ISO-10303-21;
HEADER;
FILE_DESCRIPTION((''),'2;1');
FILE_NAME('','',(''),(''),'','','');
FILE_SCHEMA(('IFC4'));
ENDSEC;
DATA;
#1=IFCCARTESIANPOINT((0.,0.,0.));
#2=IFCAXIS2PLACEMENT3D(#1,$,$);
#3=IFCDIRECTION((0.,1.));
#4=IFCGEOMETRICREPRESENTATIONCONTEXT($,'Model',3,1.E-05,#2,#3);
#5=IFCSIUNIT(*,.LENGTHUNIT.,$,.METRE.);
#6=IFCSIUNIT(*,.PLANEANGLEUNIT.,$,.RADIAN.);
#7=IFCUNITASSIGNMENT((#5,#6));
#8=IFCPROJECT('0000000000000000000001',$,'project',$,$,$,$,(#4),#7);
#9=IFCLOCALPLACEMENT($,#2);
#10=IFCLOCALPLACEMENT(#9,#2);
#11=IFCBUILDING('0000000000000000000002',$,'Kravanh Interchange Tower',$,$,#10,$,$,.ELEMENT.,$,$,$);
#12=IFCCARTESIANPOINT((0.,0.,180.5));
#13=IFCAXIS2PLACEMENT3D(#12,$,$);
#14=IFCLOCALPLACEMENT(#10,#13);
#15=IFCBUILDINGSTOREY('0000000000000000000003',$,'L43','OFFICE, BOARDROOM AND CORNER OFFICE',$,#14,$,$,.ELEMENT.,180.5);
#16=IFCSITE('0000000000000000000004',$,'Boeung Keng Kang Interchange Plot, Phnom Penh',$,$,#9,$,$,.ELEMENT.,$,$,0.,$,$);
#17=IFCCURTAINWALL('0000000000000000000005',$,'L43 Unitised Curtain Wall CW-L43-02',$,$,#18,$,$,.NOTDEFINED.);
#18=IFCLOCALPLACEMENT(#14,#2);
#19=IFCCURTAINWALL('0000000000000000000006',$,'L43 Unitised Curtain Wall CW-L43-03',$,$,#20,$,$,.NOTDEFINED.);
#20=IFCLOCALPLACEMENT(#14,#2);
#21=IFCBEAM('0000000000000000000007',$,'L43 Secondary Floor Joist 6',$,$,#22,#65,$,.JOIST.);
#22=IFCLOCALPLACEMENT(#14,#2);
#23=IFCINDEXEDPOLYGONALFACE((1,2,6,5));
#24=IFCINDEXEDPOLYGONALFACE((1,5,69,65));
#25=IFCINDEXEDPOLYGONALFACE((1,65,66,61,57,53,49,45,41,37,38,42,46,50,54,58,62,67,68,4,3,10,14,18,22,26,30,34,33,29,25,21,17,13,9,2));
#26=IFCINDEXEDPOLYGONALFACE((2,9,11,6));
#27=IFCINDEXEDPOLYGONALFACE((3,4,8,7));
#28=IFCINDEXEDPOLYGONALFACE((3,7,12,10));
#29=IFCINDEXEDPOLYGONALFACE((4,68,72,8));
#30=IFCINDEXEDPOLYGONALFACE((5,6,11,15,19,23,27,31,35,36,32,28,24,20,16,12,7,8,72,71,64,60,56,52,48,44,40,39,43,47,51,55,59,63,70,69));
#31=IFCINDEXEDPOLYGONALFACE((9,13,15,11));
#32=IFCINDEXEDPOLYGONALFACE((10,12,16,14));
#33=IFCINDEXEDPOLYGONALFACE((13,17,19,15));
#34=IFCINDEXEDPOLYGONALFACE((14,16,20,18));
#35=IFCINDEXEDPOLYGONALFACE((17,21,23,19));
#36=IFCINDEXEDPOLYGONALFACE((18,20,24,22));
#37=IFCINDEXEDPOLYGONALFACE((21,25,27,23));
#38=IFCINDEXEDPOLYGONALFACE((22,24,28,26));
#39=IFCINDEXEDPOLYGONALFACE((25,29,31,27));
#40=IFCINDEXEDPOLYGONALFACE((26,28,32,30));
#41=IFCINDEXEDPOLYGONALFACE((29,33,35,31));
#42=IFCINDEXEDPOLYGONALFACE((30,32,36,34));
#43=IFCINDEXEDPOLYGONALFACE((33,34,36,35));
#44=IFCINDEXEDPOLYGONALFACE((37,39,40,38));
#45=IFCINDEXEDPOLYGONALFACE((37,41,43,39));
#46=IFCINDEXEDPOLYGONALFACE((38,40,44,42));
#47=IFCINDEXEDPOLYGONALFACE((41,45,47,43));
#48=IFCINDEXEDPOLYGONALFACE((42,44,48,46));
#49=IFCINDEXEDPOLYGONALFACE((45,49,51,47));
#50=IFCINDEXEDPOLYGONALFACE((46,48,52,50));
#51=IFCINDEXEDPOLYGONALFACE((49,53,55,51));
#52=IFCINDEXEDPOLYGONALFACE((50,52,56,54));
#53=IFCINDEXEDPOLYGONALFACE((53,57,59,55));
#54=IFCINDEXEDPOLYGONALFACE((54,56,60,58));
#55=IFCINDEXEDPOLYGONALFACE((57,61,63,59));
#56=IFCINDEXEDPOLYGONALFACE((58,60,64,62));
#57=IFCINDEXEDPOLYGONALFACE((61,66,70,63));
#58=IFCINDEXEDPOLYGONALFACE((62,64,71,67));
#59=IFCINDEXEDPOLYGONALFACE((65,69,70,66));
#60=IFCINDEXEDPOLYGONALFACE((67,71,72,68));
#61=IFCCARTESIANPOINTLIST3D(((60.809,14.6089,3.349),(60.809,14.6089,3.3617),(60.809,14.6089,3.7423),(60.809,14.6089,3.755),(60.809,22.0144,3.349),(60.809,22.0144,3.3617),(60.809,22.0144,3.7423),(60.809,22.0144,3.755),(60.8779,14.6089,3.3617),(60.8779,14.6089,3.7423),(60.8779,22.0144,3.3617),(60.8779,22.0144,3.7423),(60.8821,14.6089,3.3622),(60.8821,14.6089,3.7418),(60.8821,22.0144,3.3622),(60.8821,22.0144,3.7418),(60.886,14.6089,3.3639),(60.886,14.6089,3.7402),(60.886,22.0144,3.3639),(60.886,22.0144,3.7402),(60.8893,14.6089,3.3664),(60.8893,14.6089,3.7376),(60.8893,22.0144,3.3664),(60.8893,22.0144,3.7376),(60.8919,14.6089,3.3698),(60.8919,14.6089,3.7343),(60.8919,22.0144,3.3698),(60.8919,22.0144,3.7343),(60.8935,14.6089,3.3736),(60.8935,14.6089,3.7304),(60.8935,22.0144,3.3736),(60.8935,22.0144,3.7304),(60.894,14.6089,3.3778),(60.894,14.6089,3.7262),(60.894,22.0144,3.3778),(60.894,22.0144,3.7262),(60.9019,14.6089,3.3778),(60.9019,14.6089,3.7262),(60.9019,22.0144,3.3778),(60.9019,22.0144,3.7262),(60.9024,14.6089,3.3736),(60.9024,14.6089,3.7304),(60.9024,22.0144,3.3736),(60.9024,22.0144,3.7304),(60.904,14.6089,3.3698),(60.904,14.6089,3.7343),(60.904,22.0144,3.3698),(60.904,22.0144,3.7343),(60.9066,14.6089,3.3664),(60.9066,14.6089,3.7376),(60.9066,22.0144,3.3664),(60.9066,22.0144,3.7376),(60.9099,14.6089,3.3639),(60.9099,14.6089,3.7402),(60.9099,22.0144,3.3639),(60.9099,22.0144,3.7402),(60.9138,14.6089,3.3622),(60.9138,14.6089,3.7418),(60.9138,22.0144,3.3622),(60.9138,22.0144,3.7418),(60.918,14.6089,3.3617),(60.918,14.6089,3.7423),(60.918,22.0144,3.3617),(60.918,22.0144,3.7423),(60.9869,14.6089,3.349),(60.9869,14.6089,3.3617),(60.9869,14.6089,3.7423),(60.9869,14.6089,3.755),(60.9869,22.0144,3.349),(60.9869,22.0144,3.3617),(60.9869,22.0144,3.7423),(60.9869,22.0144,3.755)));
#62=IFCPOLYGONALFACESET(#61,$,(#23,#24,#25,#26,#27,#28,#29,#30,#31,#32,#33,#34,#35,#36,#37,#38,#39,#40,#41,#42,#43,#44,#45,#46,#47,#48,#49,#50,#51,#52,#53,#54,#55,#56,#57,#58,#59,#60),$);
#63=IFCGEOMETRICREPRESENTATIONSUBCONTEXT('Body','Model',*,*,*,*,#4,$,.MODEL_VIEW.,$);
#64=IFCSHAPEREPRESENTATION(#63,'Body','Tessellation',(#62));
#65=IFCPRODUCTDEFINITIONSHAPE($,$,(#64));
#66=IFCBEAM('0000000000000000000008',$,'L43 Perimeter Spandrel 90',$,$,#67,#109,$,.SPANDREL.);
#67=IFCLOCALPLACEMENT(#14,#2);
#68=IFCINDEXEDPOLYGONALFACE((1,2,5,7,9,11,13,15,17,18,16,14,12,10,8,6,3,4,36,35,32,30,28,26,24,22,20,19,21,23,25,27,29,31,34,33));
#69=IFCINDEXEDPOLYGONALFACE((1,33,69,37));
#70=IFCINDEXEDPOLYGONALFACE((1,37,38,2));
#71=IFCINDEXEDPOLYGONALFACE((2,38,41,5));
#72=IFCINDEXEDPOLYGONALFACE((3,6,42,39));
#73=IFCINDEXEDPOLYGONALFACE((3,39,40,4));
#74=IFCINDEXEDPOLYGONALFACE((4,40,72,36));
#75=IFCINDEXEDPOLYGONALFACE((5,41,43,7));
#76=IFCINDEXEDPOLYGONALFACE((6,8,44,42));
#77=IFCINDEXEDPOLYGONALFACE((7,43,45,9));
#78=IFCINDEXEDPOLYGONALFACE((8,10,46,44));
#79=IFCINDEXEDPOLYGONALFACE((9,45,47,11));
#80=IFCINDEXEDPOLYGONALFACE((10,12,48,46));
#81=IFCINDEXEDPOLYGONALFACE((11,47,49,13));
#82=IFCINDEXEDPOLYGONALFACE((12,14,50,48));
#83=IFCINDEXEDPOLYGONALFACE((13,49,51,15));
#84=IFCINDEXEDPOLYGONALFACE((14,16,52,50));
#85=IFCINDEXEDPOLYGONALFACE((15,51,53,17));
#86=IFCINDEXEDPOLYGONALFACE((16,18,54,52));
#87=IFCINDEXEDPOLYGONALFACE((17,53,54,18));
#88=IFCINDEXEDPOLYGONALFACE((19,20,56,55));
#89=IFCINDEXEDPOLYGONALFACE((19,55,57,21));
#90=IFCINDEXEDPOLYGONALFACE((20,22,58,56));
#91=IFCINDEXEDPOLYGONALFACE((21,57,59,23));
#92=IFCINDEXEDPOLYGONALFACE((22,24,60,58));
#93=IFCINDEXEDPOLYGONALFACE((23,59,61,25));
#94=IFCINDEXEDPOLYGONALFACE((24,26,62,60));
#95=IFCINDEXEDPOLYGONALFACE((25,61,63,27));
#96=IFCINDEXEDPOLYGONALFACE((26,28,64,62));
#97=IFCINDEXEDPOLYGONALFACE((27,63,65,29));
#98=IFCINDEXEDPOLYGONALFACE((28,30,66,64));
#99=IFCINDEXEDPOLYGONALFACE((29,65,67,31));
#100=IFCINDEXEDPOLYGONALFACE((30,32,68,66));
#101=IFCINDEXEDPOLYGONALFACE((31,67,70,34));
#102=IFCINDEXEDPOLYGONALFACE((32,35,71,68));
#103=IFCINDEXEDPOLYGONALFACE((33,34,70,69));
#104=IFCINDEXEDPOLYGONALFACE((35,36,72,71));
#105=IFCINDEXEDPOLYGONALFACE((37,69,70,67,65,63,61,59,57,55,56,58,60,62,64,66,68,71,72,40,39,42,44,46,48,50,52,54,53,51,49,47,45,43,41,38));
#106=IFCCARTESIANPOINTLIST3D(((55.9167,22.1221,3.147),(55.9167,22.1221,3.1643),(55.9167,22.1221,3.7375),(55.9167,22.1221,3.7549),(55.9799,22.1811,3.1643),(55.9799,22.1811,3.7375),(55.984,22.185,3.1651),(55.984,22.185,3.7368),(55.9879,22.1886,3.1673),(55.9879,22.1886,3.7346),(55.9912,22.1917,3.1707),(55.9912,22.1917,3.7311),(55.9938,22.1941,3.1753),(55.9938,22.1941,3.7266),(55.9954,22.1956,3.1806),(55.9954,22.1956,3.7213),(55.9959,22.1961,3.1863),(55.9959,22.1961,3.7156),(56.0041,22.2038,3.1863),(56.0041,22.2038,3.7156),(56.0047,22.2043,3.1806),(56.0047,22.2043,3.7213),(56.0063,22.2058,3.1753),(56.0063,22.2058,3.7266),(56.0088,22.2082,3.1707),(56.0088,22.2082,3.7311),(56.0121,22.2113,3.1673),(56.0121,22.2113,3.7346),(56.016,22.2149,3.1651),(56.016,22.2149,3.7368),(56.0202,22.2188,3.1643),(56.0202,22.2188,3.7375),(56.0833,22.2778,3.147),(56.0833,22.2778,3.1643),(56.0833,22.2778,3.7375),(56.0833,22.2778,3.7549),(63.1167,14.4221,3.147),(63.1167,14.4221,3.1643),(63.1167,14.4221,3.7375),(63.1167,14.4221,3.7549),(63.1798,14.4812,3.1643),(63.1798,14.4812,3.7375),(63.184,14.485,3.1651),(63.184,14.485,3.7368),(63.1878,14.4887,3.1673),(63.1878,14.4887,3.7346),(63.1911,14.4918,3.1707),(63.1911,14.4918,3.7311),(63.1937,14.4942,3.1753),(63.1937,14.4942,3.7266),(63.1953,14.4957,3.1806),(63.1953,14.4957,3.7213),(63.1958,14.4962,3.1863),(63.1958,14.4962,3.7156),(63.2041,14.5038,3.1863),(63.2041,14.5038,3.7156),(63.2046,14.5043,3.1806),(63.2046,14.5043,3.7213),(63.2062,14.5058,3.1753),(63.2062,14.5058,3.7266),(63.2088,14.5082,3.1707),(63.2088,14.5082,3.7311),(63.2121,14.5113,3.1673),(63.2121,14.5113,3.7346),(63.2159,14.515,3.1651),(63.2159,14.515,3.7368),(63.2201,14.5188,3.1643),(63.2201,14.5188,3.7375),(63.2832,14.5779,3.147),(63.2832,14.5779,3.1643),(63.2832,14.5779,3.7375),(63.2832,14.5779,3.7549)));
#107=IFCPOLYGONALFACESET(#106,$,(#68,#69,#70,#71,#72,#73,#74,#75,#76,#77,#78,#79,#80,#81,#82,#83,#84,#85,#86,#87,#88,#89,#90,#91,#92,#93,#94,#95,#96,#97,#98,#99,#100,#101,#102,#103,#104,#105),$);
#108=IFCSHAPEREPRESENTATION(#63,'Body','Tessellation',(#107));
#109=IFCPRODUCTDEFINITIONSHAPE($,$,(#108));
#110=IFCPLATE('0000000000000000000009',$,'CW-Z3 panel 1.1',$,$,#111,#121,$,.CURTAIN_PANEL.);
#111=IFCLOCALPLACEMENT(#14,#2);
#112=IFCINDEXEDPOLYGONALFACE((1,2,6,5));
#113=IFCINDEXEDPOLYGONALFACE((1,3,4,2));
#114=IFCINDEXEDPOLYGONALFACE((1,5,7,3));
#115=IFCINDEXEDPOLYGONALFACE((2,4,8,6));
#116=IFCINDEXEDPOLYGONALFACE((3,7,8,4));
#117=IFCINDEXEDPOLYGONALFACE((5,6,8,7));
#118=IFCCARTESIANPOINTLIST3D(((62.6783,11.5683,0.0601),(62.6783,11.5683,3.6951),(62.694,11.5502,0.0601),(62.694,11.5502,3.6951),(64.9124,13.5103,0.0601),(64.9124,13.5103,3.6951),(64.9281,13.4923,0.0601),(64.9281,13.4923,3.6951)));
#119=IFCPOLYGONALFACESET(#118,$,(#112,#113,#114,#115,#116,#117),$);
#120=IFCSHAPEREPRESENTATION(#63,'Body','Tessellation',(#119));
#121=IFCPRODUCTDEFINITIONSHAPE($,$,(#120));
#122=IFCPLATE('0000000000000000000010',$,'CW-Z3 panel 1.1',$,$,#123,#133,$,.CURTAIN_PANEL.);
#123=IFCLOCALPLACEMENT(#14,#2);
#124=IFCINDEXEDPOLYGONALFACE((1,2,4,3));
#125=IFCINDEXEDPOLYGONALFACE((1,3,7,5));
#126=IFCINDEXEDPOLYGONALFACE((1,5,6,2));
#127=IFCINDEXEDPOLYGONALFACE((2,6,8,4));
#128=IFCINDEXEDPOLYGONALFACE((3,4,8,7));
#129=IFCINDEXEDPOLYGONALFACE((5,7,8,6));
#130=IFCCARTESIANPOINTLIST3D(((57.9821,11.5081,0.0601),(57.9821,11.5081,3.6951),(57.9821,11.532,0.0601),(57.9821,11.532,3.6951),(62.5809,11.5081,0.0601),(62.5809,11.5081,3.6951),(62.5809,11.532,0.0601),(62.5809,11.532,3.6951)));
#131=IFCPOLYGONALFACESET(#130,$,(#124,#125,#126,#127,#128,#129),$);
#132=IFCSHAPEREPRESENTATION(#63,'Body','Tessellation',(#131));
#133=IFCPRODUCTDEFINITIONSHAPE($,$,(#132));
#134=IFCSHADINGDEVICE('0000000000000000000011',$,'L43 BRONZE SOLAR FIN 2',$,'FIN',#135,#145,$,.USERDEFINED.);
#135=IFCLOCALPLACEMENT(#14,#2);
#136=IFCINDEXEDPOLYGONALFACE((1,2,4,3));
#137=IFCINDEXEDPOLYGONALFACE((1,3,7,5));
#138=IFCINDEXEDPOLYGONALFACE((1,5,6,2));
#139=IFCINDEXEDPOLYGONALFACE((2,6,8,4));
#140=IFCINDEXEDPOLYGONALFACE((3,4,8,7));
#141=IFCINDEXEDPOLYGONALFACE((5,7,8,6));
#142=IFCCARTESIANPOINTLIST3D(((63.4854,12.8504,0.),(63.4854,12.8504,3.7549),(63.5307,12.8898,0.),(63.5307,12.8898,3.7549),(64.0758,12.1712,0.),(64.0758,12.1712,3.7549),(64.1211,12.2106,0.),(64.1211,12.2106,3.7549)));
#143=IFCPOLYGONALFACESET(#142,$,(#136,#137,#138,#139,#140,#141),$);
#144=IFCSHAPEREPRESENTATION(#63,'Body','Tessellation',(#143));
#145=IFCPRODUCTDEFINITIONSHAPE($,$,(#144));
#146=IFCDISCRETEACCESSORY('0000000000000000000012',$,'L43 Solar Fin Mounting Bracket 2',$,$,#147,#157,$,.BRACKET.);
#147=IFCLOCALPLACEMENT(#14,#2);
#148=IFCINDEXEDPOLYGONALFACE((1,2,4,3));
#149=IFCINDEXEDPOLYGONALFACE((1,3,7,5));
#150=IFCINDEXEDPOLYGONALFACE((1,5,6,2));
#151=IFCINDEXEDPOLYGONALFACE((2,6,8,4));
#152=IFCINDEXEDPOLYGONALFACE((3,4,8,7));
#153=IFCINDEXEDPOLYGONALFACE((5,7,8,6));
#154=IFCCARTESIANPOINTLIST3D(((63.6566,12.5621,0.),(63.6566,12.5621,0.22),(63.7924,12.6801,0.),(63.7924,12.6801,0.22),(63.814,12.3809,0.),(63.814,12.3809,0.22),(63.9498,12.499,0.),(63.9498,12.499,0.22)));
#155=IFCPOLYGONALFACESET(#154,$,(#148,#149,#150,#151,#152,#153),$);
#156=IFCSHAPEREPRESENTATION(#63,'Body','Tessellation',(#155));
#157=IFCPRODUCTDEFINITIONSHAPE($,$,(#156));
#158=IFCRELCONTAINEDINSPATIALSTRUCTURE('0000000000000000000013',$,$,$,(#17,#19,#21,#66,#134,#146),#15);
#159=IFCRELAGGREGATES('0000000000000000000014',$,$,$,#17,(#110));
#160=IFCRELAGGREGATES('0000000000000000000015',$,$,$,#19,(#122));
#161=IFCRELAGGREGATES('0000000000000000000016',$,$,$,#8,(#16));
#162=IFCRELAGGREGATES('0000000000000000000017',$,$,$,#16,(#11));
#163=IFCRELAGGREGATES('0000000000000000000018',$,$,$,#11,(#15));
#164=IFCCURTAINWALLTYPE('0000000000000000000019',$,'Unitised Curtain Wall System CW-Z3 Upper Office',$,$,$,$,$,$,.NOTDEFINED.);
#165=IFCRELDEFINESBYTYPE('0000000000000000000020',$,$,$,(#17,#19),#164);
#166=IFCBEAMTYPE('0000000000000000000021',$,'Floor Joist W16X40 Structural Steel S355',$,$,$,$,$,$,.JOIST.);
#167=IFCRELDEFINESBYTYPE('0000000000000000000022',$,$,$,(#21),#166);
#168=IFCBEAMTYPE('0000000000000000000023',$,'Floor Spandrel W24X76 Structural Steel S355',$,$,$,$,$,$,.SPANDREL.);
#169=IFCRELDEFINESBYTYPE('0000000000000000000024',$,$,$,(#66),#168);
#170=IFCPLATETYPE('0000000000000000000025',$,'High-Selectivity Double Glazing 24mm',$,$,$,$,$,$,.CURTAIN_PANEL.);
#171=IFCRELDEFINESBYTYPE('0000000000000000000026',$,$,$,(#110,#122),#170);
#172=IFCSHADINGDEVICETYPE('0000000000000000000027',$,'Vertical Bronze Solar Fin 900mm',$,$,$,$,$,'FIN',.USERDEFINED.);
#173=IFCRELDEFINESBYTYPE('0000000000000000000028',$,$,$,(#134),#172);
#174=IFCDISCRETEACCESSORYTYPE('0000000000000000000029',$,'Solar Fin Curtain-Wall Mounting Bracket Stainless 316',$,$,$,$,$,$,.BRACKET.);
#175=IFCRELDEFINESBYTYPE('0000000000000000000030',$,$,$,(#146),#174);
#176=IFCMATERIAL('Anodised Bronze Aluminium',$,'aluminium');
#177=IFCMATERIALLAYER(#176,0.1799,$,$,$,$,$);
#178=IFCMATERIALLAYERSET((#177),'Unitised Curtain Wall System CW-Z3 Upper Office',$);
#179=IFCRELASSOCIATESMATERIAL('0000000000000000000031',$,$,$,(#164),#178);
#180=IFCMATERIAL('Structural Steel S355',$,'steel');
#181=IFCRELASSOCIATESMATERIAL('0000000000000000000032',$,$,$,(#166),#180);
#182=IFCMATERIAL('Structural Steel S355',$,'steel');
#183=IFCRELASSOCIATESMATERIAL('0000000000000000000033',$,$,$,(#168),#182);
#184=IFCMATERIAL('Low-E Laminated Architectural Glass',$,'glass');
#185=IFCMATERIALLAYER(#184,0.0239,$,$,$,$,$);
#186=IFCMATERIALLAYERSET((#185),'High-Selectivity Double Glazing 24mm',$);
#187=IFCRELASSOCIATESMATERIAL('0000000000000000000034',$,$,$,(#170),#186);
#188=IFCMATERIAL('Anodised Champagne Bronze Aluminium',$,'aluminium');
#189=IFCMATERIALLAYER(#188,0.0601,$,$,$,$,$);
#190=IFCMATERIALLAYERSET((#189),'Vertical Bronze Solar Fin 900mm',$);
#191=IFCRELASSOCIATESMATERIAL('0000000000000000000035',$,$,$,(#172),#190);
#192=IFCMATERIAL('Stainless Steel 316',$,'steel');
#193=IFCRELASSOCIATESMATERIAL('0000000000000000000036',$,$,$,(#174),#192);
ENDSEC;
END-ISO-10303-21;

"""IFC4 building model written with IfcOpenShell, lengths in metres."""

from ifc_helpers import new_model, si_unit, direction, frame, origin, origin_2d, place, context, subcontext, project, spatial, rectangle, i_section, extrude, material, layer, layer_set, material_profile, profile_set, type_object, element, aggregate, save


model = new_model("IFC4")

# Units and contexts
model_context = context("Model", 3, precision=1e-05, world=origin(), true_north=direction((0.0, 1.0)))
body_context = subcontext(model_context, "Body", "Model", "MODEL_VIEW")
ifc_project = project(units=[si_unit("LENGTHUNIT", "METRE"), si_unit("PLANEANGLEUNIT", "RADIAN")], contexts=[model_context])

# Site, building, storey
site_placement = place(None, origin())
site = spatial("IfcSite", under=ifc_project, at=site_placement, Name="Boeung Keng Kang Interchange Plot, Phnom Penh", CompositionType="ELEMENT", RefElevation=0.0)
building_placement = place(site_placement, origin())
building = spatial("IfcBuilding", under=site, at=building_placement, Name="Kravanh Interchange Tower", CompositionType="ELEMENT")
storey_placement = place(building_placement, frame((0.0, 0.0, 180.5)))
storey = spatial("IfcBuildingStorey", under=building, at=storey_placement, Name="L43", Description="OFFICE, BOARDROOM AND CORNER OFFICE", CompositionType="ELEMENT", Elevation=180.5)

# Curtain walls
ifc_material_1 = material(Name="Anodised Bronze Aluminium", Category="aluminium")
ifc_layer_1 = layer(ifc_material_1, 0.1799)
ifc_layer_set_1 = layer_set([ifc_layer_1], Name="Unitised Curtain Wall System CW-Z3 Upper Office")
curtain_wall_type = type_object("IfcCurtainWallType", Name="Unitised Curtain Wall System CW-Z3 Upper Office", PredefinedType="NOTDEFINED", material=ifc_layer_set_1)
curtain_wall_1_placement = place(storey_placement, origin())
curtain_wall_1 = element("IfcCurtainWall", 1, at=curtain_wall_1_placement, inside=storey, type_object=curtain_wall_type, Name="L43 Unitised Curtain Wall CW-L43-02", PredefinedType="NOTDEFINED")
curtain_wall_2_placement = place(storey_placement, origin())
curtain_wall_2 = element("IfcCurtainWall", 2, at=curtain_wall_2_placement, inside=storey, type_object=curtain_wall_type, Name="L43 Unitised Curtain Wall CW-L43-03", PredefinedType="NOTDEFINED")

# Beams
ifc_material_2 = material(Name="Structural Steel S355", Category="steel")
ifc_material_profile_1 = material_profile(ifc_material_2, i_section(OverallWidth=0.178, OverallDepth=0.406, WebThickness=0.0078, FlangeThickness=0.0127, FilletRadius=0.0161, at=origin_2d()), Name="W16X40")
ifc_profile_set_1 = profile_set([ifc_material_profile_1], Name="Structural Steel S355")
beam_type_1 = type_object("IfcBeamType", Name="Floor Joist W16X40 Structural Steel S355", PredefinedType="JOIST", material=ifc_profile_set_1)
for number, where, z_axis, x_axis, name in (
    (3, (60.8979, 14.6089, 3.552), (0.0, 1.0, 0.0), (-1.0, 0.0, 0.0), "L43 Secondary Floor Joist 6"),
):
    element("IfcBeam", number, at=place(storey_placement, frame(where, z_axis=z_axis, x_axis=x_axis)), inside=storey, type_object=beam_type_1, Name=name, PredefinedType="JOIST", context=body_context, shape_type="SweptSolid", body=[
        extrude(i_section(OverallWidth=0.178, OverallDepth=0.406, WebThickness=0.0078, FlangeThickness=0.0127, FilletRadius=0.0161, at=origin_2d()), origin(), (0.0, 0.0, 1.0), 7.4055),
    ])
ifc_material_3 = material(Name="Structural Steel S355", Category="steel")
ifc_material_profile_2 = material_profile(ifc_material_3, i_section(OverallWidth=0.228, OverallDepth=0.6079, WebThickness=0.0112, FlangeThickness=0.0173, FilletRadius=0.022, at=origin_2d()), Name="W24X76")
ifc_profile_set_2 = profile_set([ifc_material_profile_2], Name="Structural Steel S355")
beam_type_2 = type_object("IfcBeamType", Name="Floor Spandrel W24X76 Structural Steel S355", PredefinedType="SPANDREL", material=ifc_profile_set_2)
beam_1_placement = place(storey_placement, frame((63.2, 14.5, 3.4509), z_axis=(-0.682994, 0.730424, 0.0), x_axis=(-0.730424, -0.682994, 0.0)))
element("IfcBeam", 4, at=beam_1_placement, inside=storey, type_object=beam_type_2, Name="L43 Perimeter Spandrel 90", PredefinedType="SPANDREL", context=body_context, shape_type="SweptSolid", body=[
    extrude(i_section(OverallWidth=0.228, OverallDepth=0.6079, WebThickness=0.0112, FlangeThickness=0.0173, FilletRadius=0.022, at=origin_2d()), origin(), (0.0, 0.0, 1.0), 10.5417),
])

# Plates
ifc_material_4 = material(Name="Low-E Laminated Architectural Glass", Category="glass")
ifc_layer_2 = layer(ifc_material_4, 0.0239)
ifc_layer_set_2 = layer_set([ifc_layer_2], Name="High-Selectivity Double Glazing 24mm")
plate_type = type_object("IfcPlateType", Name="High-Selectivity Double Glazing 24mm", PredefinedType="CURTAIN_PANEL", material=ifc_layer_set_2)
plate_1_placement = place(storey_placement, frame((63.8032, 12.5303, 0.0601), z_axis=(0.0, 0.0, 1.0), x_axis=(-0.754717, -0.656051, 0.0)))
plate_1 = element("IfcPlate", 5, at=plate_1_placement, type_object=plate_type, Name="CW-Z3 panel 1.1", PredefinedType="CURTAIN_PANEL", context=body_context, shape_type="SweptSolid", body=[
    extrude(rectangle(XDim=2.9602, YDim=0.0239, at=origin_2d()), origin(), (0.0, 0.0, 1.0), 3.635),
])
aggregate(curtain_wall_1, [plate_1])
plate_2_placement = place(storey_placement, frame((60.2815, 11.52, 0.0601), z_axis=(0.0, 0.0, 1.0), x_axis=(-1.0, 0.0, 0.0)))
plate_2 = element("IfcPlate", 6, at=plate_2_placement, type_object=plate_type, Name="CW-Z3 panel 1.1", PredefinedType="CURTAIN_PANEL", context=body_context, shape_type="SweptSolid", body=[
    extrude(rectangle(XDim=4.5989, YDim=0.0239, at=origin_2d()), origin(), (0.0, 0.0, 1.0), 3.635),
])
aggregate(curtain_wall_2, [plate_2])

# Shading device
ifc_material_5 = material(Name="Anodised Champagne Bronze Aluminium", Category="aluminium")
ifc_layer_3 = layer(ifc_material_5, 0.0601)
ifc_layer_set_3 = layer_set([ifc_layer_3], Name="Vertical Bronze Solar Fin 900mm")
shading_device_type = type_object("IfcShadingDeviceType", Name="Vertical Bronze Solar Fin 900mm", ElementType="FIN", PredefinedType="USERDEFINED", material=ifc_layer_set_3)
shading_device_placement = place(storey_placement, frame((63.8032, 12.5305, 0.0), z_axis=(0.0, 0.0, 1.0), x_axis=(0.65606, -0.754709, 0.0)))
element("IfcShadingDevice", 7, at=shading_device_placement, inside=storey, type_object=shading_device_type, Name="L43 BRONZE SOLAR FIN 2", ObjectType="FIN", PredefinedType="USERDEFINED", context=body_context, shape_type="SweptSolid", body=[
    extrude(rectangle(XDim=0.8999, YDim=0.0601, at=origin_2d()), origin(), (0.0, 0.0, 1.0), 3.7549),
])

# Discrete accessory
ifc_material_6 = material(Name="Stainless Steel 316", Category="steel")
discrete_accessory_type = type_object("IfcDiscreteAccessoryType", Name="Solar Fin Curtain-Wall Mounting Bracket Stainless 316", PredefinedType="BRACKET", material=ifc_material_6)
discrete_accessory_placement = place(storey_placement, frame((63.8032, 12.5305, 0.0), z_axis=(0.0, 0.0, 1.0), x_axis=(0.65606, -0.754709, 0.0)))
element("IfcDiscreteAccessory", 8, at=discrete_accessory_placement, inside=storey, type_object=discrete_accessory_type, Name="L43 Solar Fin Mounting Bracket 2", PredefinedType="BRACKET", context=body_context, shape_type="SweptSolid", body=[
    extrude(rectangle(XDim=0.24, YDim=0.1799, at=origin_2d()), origin(), (0.0, 0.0, 1.0), 0.22),
])

save(model, "model.ifc")
